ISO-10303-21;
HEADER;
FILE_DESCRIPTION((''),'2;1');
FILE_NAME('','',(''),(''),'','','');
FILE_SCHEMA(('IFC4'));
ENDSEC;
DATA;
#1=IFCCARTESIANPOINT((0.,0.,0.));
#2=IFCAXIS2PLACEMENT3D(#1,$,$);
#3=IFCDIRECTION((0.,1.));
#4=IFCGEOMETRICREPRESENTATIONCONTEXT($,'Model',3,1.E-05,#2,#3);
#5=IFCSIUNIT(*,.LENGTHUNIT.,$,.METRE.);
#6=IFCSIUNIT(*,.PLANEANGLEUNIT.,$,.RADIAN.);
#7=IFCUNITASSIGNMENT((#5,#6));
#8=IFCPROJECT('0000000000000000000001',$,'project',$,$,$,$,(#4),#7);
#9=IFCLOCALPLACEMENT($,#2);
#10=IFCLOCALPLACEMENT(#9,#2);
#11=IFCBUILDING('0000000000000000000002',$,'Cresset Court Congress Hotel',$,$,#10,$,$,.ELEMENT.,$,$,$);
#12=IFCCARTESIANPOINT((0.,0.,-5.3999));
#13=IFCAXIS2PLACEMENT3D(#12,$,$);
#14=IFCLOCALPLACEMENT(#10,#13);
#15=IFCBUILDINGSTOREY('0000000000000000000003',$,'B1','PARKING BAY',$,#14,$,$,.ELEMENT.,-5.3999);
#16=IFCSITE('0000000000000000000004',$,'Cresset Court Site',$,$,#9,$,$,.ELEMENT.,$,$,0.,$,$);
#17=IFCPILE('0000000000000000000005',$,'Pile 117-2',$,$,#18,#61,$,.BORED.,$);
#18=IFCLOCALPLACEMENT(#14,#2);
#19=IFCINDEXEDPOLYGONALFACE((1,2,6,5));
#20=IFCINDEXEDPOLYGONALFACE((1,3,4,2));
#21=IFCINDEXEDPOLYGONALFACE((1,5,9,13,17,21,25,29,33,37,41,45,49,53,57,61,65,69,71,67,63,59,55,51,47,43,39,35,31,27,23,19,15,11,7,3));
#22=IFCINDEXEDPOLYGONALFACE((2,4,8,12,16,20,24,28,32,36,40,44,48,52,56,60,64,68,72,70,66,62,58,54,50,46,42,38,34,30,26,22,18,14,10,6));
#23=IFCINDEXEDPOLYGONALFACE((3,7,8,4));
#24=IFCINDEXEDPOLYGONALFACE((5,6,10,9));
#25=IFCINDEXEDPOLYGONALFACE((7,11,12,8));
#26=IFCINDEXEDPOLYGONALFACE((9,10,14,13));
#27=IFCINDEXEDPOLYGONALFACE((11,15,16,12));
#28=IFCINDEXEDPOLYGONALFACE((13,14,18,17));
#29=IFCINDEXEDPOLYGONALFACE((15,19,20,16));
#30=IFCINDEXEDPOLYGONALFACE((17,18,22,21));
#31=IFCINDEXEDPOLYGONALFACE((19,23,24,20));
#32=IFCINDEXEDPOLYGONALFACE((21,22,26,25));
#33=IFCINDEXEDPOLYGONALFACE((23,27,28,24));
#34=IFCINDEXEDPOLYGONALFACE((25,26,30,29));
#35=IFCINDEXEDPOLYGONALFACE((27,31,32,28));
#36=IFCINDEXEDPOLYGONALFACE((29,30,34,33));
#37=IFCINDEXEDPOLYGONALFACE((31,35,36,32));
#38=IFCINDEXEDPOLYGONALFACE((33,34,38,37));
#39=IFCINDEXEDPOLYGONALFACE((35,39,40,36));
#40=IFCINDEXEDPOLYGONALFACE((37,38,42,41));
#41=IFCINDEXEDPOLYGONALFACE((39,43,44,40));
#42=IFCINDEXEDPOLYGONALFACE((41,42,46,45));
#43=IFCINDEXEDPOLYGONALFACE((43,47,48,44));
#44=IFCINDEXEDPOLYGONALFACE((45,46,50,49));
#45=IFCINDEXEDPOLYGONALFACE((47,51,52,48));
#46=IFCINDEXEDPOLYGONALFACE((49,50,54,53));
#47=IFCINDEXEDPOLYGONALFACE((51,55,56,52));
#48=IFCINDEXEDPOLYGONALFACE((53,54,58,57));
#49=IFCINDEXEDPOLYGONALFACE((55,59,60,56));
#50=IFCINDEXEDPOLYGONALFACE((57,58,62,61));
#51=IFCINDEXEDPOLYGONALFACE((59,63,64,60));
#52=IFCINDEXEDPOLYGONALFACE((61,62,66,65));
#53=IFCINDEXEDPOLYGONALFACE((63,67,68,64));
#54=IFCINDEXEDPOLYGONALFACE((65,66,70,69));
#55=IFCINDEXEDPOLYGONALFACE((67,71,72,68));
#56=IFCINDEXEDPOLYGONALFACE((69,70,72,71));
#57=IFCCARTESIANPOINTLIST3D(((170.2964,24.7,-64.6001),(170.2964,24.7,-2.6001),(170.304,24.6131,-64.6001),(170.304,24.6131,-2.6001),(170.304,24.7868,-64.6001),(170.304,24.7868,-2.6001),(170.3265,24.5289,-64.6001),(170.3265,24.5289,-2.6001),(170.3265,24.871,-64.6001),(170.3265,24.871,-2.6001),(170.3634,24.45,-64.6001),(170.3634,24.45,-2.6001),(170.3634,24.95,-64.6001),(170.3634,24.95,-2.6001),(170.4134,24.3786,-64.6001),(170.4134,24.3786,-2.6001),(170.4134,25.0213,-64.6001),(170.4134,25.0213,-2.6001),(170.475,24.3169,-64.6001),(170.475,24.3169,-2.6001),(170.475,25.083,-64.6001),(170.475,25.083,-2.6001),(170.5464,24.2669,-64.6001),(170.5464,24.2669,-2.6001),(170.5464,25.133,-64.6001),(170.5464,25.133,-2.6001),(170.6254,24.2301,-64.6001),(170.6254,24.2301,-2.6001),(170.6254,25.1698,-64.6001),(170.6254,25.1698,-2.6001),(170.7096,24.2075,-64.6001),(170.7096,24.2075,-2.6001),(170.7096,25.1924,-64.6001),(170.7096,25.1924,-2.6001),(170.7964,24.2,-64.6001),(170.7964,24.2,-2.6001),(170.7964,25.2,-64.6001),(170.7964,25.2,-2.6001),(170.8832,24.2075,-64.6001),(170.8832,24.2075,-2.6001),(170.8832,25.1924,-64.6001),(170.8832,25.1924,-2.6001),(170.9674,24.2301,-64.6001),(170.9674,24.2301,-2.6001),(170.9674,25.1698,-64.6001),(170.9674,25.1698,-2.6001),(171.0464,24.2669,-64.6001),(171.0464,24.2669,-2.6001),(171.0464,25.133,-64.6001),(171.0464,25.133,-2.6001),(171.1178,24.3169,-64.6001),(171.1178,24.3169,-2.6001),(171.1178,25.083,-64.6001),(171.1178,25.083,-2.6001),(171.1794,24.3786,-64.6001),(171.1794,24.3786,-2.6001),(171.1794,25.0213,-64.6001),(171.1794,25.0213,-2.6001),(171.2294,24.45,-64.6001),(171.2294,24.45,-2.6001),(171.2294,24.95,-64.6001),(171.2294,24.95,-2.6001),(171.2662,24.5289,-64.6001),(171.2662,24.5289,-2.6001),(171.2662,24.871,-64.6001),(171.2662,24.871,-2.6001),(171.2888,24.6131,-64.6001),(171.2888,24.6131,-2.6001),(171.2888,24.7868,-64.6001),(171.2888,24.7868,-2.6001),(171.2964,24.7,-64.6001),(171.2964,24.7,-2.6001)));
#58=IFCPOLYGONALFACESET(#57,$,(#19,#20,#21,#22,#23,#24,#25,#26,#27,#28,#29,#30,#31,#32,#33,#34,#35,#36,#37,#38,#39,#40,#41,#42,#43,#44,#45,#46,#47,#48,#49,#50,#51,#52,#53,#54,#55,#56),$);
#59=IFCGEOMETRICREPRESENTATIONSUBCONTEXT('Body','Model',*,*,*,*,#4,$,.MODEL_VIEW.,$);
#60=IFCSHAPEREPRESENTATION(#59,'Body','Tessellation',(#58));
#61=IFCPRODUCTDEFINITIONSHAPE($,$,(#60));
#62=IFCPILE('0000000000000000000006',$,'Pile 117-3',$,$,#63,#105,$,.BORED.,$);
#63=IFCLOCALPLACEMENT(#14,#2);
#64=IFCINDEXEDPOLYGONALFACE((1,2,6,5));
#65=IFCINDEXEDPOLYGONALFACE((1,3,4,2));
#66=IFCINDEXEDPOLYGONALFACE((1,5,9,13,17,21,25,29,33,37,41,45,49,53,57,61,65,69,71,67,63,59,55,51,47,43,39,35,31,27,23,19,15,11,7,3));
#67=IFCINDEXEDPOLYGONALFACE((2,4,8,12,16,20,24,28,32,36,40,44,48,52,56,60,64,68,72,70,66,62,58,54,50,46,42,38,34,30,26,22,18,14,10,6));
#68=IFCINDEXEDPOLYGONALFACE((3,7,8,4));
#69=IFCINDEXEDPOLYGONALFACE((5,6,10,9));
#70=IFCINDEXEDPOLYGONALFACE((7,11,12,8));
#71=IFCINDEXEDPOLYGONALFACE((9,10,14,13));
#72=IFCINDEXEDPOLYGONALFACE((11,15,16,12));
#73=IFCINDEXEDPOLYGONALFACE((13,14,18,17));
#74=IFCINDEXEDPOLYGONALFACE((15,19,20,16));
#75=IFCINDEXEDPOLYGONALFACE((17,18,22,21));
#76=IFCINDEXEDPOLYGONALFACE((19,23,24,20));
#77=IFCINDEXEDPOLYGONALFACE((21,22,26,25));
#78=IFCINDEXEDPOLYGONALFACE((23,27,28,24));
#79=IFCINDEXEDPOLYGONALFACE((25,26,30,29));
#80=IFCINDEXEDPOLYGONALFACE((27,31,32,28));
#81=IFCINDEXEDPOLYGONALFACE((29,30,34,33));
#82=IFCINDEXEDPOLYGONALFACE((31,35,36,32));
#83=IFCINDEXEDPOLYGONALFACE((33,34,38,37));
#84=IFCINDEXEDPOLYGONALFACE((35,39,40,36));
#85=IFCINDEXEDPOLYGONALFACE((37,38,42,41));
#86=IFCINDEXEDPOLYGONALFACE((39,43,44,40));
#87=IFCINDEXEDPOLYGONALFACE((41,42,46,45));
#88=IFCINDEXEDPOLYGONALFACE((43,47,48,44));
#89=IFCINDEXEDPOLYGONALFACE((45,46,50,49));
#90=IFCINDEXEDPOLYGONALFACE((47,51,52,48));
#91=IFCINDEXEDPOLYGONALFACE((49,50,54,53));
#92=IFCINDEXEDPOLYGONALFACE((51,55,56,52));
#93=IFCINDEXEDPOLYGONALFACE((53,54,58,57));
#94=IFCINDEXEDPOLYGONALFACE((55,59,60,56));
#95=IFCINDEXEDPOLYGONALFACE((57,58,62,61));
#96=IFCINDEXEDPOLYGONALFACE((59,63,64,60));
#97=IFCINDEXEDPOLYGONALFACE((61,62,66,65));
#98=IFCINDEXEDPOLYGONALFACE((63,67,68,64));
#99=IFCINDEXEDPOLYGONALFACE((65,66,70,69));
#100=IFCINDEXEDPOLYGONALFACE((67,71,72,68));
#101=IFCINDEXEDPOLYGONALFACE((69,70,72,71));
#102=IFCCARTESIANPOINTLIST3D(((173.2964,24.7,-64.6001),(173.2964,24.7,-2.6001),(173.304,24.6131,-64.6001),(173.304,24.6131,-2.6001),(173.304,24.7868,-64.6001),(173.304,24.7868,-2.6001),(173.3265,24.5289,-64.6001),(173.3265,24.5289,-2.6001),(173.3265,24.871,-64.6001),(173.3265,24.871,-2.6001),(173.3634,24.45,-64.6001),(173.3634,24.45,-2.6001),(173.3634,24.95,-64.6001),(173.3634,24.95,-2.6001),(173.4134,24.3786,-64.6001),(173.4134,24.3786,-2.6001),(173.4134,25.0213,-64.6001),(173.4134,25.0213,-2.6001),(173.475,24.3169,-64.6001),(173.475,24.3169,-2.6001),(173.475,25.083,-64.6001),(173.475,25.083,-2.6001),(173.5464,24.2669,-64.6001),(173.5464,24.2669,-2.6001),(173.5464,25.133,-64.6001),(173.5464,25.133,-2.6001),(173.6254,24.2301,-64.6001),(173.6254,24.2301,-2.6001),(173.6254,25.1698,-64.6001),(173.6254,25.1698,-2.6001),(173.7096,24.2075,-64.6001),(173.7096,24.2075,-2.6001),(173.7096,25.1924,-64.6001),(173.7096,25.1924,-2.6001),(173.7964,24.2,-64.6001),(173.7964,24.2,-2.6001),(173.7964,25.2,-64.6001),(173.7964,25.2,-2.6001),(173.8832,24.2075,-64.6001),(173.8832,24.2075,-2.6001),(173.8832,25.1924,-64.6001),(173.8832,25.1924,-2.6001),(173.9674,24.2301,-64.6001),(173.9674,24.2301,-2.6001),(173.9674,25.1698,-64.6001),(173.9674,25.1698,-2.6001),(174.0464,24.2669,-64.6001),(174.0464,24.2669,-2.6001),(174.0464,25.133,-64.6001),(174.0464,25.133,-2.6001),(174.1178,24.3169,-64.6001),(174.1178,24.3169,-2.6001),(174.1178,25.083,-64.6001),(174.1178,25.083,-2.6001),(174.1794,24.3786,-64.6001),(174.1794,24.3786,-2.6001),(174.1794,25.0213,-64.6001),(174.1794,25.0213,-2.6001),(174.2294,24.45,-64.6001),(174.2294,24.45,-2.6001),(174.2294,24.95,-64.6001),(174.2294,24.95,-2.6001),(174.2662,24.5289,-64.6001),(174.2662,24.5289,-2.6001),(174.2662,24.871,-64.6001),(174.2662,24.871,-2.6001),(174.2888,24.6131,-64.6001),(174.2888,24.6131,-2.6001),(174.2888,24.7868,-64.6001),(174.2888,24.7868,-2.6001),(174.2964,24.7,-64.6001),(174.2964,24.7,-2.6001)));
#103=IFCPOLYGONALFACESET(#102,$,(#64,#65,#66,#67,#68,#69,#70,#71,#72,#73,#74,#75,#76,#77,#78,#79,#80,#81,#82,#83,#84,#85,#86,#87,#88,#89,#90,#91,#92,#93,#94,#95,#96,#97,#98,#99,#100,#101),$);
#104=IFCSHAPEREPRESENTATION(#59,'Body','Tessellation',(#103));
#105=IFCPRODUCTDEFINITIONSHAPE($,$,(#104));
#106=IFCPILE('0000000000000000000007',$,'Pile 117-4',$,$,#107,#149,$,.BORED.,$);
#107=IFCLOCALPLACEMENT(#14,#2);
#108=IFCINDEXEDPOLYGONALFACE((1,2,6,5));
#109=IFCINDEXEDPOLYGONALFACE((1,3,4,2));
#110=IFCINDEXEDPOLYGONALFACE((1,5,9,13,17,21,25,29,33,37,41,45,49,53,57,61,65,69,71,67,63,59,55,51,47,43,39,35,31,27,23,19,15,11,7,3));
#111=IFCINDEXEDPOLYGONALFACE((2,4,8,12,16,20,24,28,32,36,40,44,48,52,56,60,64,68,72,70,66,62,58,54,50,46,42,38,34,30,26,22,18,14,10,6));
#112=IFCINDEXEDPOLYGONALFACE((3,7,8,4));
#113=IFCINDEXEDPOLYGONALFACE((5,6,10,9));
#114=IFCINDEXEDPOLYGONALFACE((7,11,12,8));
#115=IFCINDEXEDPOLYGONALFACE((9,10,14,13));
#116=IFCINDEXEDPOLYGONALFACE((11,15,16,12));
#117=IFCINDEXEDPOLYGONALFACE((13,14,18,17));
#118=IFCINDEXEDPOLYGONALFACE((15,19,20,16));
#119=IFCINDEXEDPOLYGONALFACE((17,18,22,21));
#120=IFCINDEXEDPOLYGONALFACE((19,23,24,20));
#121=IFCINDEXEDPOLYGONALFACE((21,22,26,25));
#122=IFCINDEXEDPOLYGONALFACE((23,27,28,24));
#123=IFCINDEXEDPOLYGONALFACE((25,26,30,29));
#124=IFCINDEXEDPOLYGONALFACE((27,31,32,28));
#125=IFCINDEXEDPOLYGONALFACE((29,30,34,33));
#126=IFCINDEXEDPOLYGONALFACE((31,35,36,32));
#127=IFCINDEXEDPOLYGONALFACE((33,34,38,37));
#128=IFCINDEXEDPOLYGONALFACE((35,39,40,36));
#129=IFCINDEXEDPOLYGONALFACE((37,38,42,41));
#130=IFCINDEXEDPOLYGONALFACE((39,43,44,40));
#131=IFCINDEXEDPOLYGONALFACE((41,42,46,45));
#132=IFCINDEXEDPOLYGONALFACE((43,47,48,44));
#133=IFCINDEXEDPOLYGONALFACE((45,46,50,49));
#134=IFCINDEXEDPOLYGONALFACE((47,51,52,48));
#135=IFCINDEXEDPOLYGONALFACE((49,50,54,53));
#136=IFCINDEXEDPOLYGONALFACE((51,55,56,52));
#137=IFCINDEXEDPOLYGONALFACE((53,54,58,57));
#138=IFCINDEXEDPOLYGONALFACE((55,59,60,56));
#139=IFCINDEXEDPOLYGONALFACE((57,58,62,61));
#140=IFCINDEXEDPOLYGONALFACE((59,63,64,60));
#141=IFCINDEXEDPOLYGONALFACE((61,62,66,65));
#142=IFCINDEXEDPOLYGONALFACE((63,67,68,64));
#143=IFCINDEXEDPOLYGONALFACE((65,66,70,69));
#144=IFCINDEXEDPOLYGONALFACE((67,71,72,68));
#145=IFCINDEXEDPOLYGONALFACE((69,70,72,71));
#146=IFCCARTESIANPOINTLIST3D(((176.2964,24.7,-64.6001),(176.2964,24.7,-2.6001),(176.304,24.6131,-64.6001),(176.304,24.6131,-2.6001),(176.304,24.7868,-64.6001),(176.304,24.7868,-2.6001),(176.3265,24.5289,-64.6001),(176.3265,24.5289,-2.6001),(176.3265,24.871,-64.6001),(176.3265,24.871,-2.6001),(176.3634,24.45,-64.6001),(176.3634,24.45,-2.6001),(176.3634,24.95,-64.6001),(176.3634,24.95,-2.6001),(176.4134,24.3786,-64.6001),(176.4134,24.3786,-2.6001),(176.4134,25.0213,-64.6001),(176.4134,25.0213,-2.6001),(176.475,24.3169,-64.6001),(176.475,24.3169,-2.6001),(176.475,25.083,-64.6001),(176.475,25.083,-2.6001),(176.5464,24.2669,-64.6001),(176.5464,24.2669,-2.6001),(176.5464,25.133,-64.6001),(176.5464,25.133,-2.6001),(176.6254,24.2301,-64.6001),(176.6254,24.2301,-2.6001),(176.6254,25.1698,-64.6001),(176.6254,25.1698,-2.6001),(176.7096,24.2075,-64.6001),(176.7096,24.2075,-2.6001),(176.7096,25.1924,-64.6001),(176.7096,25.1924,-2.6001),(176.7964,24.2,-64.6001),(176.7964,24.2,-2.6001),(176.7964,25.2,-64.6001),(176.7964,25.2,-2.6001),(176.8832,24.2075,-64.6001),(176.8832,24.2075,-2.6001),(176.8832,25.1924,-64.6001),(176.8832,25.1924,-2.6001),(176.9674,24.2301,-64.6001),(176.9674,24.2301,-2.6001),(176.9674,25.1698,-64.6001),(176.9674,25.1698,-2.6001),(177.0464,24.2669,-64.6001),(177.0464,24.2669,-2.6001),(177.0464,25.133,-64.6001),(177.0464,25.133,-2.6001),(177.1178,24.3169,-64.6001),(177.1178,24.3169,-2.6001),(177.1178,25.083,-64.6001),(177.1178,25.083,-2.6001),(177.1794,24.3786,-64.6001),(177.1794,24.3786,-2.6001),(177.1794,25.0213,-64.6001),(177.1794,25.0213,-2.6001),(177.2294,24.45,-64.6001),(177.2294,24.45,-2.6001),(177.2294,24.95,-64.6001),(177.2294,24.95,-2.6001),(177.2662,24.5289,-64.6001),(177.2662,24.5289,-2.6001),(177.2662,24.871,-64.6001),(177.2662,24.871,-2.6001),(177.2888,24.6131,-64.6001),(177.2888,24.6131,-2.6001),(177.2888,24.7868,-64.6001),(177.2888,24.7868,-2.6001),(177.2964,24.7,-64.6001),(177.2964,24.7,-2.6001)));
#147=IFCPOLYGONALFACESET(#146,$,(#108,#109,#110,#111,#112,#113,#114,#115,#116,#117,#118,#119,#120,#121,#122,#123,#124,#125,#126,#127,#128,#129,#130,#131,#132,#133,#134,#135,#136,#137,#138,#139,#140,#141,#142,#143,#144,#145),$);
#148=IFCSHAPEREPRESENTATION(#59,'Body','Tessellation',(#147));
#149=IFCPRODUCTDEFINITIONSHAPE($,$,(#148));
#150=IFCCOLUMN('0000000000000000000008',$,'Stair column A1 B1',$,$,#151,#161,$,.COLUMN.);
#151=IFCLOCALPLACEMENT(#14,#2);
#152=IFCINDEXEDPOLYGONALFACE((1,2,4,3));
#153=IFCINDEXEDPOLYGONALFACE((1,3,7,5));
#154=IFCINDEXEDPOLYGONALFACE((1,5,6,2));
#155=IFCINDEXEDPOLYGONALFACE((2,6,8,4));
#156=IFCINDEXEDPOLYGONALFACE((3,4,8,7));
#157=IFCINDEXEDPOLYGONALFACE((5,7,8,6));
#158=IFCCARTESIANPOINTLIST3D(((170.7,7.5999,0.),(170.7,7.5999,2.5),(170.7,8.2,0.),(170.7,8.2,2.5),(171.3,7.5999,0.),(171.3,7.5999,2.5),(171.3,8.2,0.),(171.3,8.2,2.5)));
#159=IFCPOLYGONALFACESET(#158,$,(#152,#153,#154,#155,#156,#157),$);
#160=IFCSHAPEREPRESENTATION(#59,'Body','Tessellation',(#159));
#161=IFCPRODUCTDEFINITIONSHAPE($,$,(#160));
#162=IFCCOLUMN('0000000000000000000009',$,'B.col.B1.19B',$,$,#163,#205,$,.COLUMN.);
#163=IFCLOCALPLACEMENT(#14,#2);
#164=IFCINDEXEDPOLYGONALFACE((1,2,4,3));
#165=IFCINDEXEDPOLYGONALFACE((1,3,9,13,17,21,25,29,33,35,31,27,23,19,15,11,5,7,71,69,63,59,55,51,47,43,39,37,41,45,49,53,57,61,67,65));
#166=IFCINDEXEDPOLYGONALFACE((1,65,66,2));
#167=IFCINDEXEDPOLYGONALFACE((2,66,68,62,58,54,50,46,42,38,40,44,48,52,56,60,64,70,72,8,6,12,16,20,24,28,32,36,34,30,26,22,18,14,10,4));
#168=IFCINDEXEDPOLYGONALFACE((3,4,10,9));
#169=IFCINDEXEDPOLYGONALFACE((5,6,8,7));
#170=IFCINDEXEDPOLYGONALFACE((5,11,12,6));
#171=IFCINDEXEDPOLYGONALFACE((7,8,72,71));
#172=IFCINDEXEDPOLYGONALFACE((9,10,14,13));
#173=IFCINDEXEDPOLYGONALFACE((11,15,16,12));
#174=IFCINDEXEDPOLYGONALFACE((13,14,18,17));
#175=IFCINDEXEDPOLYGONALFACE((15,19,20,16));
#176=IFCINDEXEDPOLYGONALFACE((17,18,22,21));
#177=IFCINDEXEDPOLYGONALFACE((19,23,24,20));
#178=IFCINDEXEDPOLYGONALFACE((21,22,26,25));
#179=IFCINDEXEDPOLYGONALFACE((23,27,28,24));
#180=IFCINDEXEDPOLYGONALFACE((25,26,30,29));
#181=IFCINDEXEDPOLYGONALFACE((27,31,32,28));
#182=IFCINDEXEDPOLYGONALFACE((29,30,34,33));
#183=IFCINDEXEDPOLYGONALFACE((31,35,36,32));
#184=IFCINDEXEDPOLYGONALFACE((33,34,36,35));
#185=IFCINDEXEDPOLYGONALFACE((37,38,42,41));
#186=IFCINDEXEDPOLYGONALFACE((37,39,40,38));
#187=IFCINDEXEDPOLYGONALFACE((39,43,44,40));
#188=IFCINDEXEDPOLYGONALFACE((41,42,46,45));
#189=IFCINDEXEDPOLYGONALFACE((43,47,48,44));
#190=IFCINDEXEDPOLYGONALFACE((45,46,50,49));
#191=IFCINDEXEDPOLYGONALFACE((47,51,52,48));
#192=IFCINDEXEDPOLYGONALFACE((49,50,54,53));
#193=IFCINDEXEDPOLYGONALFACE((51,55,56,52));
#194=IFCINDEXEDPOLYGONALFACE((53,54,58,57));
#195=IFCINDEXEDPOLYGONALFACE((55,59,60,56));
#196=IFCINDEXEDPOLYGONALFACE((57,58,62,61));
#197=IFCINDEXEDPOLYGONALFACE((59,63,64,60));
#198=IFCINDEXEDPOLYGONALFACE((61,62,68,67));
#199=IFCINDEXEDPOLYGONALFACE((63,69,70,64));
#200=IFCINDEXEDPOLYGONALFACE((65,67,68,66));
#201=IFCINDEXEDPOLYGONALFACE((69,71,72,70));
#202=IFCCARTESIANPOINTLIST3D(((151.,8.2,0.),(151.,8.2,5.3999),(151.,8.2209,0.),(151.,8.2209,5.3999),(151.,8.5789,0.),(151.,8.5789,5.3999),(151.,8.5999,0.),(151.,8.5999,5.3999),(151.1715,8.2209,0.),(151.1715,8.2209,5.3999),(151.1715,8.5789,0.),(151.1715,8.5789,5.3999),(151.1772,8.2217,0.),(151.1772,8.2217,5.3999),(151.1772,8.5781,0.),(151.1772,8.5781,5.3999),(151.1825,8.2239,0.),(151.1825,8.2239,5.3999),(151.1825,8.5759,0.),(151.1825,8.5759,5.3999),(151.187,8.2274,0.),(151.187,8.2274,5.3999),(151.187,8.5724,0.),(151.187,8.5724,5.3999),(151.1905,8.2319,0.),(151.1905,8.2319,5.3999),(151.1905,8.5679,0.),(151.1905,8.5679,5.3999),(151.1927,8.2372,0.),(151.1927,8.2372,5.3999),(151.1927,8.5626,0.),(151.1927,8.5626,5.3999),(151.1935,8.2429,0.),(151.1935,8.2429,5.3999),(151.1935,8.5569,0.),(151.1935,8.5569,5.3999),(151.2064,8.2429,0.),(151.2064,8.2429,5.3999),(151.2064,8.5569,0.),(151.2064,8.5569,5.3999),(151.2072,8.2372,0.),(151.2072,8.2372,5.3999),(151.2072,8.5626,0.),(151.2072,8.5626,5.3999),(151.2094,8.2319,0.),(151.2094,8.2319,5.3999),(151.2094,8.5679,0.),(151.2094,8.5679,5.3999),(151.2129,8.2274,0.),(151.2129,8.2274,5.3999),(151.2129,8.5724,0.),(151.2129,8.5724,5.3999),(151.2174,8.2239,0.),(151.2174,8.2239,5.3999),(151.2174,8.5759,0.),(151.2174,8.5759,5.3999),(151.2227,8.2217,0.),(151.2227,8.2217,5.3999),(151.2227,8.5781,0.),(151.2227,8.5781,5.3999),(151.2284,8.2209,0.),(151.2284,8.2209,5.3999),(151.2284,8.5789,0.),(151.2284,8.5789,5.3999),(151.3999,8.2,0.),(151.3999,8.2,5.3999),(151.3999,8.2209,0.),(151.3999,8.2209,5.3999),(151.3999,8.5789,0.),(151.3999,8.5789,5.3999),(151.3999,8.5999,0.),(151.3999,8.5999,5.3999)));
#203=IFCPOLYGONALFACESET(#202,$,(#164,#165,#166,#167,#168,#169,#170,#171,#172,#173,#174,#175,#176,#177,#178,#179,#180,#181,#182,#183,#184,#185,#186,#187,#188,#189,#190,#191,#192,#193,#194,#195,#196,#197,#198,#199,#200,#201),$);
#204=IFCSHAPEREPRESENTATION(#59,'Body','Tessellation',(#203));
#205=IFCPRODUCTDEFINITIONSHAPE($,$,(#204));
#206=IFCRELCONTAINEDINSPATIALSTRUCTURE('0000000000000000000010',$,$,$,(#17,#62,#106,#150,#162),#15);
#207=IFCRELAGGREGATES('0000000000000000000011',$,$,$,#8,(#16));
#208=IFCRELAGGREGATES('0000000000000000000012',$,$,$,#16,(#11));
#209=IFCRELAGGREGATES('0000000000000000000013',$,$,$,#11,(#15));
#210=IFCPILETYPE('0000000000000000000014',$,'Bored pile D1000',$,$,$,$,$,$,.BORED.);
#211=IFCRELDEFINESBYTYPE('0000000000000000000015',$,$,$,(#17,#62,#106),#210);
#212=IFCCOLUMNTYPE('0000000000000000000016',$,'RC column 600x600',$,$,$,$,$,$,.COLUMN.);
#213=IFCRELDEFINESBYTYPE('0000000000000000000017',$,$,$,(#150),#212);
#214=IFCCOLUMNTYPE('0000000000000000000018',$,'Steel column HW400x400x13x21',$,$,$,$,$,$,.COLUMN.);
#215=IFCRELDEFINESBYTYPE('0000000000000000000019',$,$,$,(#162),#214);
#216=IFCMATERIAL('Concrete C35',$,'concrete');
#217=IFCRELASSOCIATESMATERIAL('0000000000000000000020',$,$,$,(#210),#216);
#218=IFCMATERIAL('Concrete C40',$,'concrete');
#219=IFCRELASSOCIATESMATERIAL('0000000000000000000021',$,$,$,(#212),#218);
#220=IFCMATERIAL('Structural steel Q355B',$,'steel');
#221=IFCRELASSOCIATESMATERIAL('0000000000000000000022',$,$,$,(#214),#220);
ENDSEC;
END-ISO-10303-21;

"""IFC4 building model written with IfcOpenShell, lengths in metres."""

from ifc_helpers import new_model, si_unit, direction, frame, origin, origin_2d, place, context, subcontext, project, spatial, rectangle, circle, i_section, extrude, material, material_profile, profile_set, type_object, element, save


model = new_model("IFC4")

# Units and contexts
model_context = context("Model", 3, precision=1e-05, world=origin(), true_north=direction((0.0, 1.0)))
body_context = subcontext(model_context, "Body", "Model", "MODEL_VIEW")
ifc_project = project(units=[si_unit("LENGTHUNIT", "METRE"), si_unit("PLANEANGLEUNIT", "RADIAN")], contexts=[model_context])

# Site, building, storey
site_placement = place(None, origin())
site = spatial("IfcSite", under=ifc_project, at=site_placement, Name="Cresset Court Site", CompositionType="ELEMENT", RefElevation=0.0)
building_placement = place(site_placement, origin())
building = spatial("IfcBuilding", under=site, at=building_placement, Name="Cresset Court Congress Hotel", CompositionType="ELEMENT")
storey_placement = place(building_placement, frame((0.0, 0.0, -5.3999)))
storey = spatial("IfcBuildingStorey", under=building, at=storey_placement, Name="B1", Description="PARKING BAY", CompositionType="ELEMENT", Elevation=-5.3999)

# Piles
ifc_material_1 = material(Name="Concrete C35", Category="concrete")
pile_type = type_object("IfcPileType", Name="Bored pile D1000", PredefinedType="BORED", material=ifc_material_1)
for number, where, z_axis, x_axis, name in (
    (1, (170.7964, 24.7, -2.6001), (0.0, 0.0, -1.0), (1.0, 0.0, 0.0), "Pile 117-2"),
    (2, (173.7964, 24.7, -2.6001), (0.0, 0.0, -1.0), (1.0, 0.0, 0.0), "Pile 117-3"),
    (3, (176.7964, 24.7, -2.6001), (0.0, 0.0, -1.0), (1.0, 0.0, 0.0), "Pile 117-4"),
):
    element("IfcPile", number, at=place(storey_placement, frame(where, z_axis=z_axis, x_axis=x_axis)), inside=storey, type_object=pile_type, Name=name, PredefinedType="BORED", context=body_context, shape_type="SweptSolid", body=[
        extrude(circle(Radius=0.5, at=origin_2d()), origin(), (0.0, 0.0, 1.0), 62.0),
    ])

# Columns
ifc_material_2 = material(Name="Concrete C40", Category="concrete")
ifc_material_profile_1 = material_profile(ifc_material_2, rectangle(XDim=0.6001, YDim=0.6001, at=origin_2d()), Name="RC600x600")
ifc_profile_set_1 = profile_set([ifc_material_profile_1], Name="Concrete C40")
column_type_1 = type_object("IfcColumnType", Name="RC column 600x600", PredefinedType="COLUMN", material=ifc_profile_set_1)
column_placement = place(storey_placement, frame((171.0, 7.8999, 0.0), z_axis=(0.0, 0.0, 1.0), x_axis=(1.0, 0.0, 0.0)))
element("IfcColumn", 4, at=column_placement, inside=storey, type_object=column_type_1, Name="Stair column A1 B1", PredefinedType="COLUMN", context=body_context, shape_type="SweptSolid", body=[
    extrude(rectangle(XDim=0.6001, YDim=0.6001, at=origin_2d()), origin(), (0.0, 0.0, 1.0), 2.5),
])
ifc_material_3 = material(Name="Structural steel Q355B", Category="steel")
ifc_material_profile_2 = material_profile(ifc_material_3, i_section(OverallWidth=0.3999, OverallDepth=0.3999, WebThickness=0.0129, FlangeThickness=0.021, FilletRadius=0.022, at=origin_2d()), Name="HW400x400x13x21")
ifc_profile_set_2 = profile_set([ifc_material_profile_2], Name="Structural steel Q355B")
column_type_2 = type_object("IfcColumnType", Name="Steel column HW400x400x13x21", PredefinedType="COLUMN", material=ifc_profile_set_2)
for number, where, z_axis, x_axis, name in (
    (5, (151.2, 8.3999, 0.0), (0.0, 0.0, 1.0), (1.0, 0.0, 0.0), "B.col.B1.19B"),
):
    element("IfcColumn", number, at=place(storey_placement, frame(where, z_axis=z_axis, x_axis=x_axis)), inside=storey, type_object=column_type_2, Name=name, PredefinedType="COLUMN", context=body_context, shape_type="SweptSolid", body=[
        extrude(i_section(OverallWidth=0.3999, OverallDepth=0.3999, WebThickness=0.0129, FlangeThickness=0.021, FilletRadius=0.022, at=origin_2d()), origin(), (0.0, 0.0, 1.0), 5.3999),
    ])

save(model, "model.ifc")
